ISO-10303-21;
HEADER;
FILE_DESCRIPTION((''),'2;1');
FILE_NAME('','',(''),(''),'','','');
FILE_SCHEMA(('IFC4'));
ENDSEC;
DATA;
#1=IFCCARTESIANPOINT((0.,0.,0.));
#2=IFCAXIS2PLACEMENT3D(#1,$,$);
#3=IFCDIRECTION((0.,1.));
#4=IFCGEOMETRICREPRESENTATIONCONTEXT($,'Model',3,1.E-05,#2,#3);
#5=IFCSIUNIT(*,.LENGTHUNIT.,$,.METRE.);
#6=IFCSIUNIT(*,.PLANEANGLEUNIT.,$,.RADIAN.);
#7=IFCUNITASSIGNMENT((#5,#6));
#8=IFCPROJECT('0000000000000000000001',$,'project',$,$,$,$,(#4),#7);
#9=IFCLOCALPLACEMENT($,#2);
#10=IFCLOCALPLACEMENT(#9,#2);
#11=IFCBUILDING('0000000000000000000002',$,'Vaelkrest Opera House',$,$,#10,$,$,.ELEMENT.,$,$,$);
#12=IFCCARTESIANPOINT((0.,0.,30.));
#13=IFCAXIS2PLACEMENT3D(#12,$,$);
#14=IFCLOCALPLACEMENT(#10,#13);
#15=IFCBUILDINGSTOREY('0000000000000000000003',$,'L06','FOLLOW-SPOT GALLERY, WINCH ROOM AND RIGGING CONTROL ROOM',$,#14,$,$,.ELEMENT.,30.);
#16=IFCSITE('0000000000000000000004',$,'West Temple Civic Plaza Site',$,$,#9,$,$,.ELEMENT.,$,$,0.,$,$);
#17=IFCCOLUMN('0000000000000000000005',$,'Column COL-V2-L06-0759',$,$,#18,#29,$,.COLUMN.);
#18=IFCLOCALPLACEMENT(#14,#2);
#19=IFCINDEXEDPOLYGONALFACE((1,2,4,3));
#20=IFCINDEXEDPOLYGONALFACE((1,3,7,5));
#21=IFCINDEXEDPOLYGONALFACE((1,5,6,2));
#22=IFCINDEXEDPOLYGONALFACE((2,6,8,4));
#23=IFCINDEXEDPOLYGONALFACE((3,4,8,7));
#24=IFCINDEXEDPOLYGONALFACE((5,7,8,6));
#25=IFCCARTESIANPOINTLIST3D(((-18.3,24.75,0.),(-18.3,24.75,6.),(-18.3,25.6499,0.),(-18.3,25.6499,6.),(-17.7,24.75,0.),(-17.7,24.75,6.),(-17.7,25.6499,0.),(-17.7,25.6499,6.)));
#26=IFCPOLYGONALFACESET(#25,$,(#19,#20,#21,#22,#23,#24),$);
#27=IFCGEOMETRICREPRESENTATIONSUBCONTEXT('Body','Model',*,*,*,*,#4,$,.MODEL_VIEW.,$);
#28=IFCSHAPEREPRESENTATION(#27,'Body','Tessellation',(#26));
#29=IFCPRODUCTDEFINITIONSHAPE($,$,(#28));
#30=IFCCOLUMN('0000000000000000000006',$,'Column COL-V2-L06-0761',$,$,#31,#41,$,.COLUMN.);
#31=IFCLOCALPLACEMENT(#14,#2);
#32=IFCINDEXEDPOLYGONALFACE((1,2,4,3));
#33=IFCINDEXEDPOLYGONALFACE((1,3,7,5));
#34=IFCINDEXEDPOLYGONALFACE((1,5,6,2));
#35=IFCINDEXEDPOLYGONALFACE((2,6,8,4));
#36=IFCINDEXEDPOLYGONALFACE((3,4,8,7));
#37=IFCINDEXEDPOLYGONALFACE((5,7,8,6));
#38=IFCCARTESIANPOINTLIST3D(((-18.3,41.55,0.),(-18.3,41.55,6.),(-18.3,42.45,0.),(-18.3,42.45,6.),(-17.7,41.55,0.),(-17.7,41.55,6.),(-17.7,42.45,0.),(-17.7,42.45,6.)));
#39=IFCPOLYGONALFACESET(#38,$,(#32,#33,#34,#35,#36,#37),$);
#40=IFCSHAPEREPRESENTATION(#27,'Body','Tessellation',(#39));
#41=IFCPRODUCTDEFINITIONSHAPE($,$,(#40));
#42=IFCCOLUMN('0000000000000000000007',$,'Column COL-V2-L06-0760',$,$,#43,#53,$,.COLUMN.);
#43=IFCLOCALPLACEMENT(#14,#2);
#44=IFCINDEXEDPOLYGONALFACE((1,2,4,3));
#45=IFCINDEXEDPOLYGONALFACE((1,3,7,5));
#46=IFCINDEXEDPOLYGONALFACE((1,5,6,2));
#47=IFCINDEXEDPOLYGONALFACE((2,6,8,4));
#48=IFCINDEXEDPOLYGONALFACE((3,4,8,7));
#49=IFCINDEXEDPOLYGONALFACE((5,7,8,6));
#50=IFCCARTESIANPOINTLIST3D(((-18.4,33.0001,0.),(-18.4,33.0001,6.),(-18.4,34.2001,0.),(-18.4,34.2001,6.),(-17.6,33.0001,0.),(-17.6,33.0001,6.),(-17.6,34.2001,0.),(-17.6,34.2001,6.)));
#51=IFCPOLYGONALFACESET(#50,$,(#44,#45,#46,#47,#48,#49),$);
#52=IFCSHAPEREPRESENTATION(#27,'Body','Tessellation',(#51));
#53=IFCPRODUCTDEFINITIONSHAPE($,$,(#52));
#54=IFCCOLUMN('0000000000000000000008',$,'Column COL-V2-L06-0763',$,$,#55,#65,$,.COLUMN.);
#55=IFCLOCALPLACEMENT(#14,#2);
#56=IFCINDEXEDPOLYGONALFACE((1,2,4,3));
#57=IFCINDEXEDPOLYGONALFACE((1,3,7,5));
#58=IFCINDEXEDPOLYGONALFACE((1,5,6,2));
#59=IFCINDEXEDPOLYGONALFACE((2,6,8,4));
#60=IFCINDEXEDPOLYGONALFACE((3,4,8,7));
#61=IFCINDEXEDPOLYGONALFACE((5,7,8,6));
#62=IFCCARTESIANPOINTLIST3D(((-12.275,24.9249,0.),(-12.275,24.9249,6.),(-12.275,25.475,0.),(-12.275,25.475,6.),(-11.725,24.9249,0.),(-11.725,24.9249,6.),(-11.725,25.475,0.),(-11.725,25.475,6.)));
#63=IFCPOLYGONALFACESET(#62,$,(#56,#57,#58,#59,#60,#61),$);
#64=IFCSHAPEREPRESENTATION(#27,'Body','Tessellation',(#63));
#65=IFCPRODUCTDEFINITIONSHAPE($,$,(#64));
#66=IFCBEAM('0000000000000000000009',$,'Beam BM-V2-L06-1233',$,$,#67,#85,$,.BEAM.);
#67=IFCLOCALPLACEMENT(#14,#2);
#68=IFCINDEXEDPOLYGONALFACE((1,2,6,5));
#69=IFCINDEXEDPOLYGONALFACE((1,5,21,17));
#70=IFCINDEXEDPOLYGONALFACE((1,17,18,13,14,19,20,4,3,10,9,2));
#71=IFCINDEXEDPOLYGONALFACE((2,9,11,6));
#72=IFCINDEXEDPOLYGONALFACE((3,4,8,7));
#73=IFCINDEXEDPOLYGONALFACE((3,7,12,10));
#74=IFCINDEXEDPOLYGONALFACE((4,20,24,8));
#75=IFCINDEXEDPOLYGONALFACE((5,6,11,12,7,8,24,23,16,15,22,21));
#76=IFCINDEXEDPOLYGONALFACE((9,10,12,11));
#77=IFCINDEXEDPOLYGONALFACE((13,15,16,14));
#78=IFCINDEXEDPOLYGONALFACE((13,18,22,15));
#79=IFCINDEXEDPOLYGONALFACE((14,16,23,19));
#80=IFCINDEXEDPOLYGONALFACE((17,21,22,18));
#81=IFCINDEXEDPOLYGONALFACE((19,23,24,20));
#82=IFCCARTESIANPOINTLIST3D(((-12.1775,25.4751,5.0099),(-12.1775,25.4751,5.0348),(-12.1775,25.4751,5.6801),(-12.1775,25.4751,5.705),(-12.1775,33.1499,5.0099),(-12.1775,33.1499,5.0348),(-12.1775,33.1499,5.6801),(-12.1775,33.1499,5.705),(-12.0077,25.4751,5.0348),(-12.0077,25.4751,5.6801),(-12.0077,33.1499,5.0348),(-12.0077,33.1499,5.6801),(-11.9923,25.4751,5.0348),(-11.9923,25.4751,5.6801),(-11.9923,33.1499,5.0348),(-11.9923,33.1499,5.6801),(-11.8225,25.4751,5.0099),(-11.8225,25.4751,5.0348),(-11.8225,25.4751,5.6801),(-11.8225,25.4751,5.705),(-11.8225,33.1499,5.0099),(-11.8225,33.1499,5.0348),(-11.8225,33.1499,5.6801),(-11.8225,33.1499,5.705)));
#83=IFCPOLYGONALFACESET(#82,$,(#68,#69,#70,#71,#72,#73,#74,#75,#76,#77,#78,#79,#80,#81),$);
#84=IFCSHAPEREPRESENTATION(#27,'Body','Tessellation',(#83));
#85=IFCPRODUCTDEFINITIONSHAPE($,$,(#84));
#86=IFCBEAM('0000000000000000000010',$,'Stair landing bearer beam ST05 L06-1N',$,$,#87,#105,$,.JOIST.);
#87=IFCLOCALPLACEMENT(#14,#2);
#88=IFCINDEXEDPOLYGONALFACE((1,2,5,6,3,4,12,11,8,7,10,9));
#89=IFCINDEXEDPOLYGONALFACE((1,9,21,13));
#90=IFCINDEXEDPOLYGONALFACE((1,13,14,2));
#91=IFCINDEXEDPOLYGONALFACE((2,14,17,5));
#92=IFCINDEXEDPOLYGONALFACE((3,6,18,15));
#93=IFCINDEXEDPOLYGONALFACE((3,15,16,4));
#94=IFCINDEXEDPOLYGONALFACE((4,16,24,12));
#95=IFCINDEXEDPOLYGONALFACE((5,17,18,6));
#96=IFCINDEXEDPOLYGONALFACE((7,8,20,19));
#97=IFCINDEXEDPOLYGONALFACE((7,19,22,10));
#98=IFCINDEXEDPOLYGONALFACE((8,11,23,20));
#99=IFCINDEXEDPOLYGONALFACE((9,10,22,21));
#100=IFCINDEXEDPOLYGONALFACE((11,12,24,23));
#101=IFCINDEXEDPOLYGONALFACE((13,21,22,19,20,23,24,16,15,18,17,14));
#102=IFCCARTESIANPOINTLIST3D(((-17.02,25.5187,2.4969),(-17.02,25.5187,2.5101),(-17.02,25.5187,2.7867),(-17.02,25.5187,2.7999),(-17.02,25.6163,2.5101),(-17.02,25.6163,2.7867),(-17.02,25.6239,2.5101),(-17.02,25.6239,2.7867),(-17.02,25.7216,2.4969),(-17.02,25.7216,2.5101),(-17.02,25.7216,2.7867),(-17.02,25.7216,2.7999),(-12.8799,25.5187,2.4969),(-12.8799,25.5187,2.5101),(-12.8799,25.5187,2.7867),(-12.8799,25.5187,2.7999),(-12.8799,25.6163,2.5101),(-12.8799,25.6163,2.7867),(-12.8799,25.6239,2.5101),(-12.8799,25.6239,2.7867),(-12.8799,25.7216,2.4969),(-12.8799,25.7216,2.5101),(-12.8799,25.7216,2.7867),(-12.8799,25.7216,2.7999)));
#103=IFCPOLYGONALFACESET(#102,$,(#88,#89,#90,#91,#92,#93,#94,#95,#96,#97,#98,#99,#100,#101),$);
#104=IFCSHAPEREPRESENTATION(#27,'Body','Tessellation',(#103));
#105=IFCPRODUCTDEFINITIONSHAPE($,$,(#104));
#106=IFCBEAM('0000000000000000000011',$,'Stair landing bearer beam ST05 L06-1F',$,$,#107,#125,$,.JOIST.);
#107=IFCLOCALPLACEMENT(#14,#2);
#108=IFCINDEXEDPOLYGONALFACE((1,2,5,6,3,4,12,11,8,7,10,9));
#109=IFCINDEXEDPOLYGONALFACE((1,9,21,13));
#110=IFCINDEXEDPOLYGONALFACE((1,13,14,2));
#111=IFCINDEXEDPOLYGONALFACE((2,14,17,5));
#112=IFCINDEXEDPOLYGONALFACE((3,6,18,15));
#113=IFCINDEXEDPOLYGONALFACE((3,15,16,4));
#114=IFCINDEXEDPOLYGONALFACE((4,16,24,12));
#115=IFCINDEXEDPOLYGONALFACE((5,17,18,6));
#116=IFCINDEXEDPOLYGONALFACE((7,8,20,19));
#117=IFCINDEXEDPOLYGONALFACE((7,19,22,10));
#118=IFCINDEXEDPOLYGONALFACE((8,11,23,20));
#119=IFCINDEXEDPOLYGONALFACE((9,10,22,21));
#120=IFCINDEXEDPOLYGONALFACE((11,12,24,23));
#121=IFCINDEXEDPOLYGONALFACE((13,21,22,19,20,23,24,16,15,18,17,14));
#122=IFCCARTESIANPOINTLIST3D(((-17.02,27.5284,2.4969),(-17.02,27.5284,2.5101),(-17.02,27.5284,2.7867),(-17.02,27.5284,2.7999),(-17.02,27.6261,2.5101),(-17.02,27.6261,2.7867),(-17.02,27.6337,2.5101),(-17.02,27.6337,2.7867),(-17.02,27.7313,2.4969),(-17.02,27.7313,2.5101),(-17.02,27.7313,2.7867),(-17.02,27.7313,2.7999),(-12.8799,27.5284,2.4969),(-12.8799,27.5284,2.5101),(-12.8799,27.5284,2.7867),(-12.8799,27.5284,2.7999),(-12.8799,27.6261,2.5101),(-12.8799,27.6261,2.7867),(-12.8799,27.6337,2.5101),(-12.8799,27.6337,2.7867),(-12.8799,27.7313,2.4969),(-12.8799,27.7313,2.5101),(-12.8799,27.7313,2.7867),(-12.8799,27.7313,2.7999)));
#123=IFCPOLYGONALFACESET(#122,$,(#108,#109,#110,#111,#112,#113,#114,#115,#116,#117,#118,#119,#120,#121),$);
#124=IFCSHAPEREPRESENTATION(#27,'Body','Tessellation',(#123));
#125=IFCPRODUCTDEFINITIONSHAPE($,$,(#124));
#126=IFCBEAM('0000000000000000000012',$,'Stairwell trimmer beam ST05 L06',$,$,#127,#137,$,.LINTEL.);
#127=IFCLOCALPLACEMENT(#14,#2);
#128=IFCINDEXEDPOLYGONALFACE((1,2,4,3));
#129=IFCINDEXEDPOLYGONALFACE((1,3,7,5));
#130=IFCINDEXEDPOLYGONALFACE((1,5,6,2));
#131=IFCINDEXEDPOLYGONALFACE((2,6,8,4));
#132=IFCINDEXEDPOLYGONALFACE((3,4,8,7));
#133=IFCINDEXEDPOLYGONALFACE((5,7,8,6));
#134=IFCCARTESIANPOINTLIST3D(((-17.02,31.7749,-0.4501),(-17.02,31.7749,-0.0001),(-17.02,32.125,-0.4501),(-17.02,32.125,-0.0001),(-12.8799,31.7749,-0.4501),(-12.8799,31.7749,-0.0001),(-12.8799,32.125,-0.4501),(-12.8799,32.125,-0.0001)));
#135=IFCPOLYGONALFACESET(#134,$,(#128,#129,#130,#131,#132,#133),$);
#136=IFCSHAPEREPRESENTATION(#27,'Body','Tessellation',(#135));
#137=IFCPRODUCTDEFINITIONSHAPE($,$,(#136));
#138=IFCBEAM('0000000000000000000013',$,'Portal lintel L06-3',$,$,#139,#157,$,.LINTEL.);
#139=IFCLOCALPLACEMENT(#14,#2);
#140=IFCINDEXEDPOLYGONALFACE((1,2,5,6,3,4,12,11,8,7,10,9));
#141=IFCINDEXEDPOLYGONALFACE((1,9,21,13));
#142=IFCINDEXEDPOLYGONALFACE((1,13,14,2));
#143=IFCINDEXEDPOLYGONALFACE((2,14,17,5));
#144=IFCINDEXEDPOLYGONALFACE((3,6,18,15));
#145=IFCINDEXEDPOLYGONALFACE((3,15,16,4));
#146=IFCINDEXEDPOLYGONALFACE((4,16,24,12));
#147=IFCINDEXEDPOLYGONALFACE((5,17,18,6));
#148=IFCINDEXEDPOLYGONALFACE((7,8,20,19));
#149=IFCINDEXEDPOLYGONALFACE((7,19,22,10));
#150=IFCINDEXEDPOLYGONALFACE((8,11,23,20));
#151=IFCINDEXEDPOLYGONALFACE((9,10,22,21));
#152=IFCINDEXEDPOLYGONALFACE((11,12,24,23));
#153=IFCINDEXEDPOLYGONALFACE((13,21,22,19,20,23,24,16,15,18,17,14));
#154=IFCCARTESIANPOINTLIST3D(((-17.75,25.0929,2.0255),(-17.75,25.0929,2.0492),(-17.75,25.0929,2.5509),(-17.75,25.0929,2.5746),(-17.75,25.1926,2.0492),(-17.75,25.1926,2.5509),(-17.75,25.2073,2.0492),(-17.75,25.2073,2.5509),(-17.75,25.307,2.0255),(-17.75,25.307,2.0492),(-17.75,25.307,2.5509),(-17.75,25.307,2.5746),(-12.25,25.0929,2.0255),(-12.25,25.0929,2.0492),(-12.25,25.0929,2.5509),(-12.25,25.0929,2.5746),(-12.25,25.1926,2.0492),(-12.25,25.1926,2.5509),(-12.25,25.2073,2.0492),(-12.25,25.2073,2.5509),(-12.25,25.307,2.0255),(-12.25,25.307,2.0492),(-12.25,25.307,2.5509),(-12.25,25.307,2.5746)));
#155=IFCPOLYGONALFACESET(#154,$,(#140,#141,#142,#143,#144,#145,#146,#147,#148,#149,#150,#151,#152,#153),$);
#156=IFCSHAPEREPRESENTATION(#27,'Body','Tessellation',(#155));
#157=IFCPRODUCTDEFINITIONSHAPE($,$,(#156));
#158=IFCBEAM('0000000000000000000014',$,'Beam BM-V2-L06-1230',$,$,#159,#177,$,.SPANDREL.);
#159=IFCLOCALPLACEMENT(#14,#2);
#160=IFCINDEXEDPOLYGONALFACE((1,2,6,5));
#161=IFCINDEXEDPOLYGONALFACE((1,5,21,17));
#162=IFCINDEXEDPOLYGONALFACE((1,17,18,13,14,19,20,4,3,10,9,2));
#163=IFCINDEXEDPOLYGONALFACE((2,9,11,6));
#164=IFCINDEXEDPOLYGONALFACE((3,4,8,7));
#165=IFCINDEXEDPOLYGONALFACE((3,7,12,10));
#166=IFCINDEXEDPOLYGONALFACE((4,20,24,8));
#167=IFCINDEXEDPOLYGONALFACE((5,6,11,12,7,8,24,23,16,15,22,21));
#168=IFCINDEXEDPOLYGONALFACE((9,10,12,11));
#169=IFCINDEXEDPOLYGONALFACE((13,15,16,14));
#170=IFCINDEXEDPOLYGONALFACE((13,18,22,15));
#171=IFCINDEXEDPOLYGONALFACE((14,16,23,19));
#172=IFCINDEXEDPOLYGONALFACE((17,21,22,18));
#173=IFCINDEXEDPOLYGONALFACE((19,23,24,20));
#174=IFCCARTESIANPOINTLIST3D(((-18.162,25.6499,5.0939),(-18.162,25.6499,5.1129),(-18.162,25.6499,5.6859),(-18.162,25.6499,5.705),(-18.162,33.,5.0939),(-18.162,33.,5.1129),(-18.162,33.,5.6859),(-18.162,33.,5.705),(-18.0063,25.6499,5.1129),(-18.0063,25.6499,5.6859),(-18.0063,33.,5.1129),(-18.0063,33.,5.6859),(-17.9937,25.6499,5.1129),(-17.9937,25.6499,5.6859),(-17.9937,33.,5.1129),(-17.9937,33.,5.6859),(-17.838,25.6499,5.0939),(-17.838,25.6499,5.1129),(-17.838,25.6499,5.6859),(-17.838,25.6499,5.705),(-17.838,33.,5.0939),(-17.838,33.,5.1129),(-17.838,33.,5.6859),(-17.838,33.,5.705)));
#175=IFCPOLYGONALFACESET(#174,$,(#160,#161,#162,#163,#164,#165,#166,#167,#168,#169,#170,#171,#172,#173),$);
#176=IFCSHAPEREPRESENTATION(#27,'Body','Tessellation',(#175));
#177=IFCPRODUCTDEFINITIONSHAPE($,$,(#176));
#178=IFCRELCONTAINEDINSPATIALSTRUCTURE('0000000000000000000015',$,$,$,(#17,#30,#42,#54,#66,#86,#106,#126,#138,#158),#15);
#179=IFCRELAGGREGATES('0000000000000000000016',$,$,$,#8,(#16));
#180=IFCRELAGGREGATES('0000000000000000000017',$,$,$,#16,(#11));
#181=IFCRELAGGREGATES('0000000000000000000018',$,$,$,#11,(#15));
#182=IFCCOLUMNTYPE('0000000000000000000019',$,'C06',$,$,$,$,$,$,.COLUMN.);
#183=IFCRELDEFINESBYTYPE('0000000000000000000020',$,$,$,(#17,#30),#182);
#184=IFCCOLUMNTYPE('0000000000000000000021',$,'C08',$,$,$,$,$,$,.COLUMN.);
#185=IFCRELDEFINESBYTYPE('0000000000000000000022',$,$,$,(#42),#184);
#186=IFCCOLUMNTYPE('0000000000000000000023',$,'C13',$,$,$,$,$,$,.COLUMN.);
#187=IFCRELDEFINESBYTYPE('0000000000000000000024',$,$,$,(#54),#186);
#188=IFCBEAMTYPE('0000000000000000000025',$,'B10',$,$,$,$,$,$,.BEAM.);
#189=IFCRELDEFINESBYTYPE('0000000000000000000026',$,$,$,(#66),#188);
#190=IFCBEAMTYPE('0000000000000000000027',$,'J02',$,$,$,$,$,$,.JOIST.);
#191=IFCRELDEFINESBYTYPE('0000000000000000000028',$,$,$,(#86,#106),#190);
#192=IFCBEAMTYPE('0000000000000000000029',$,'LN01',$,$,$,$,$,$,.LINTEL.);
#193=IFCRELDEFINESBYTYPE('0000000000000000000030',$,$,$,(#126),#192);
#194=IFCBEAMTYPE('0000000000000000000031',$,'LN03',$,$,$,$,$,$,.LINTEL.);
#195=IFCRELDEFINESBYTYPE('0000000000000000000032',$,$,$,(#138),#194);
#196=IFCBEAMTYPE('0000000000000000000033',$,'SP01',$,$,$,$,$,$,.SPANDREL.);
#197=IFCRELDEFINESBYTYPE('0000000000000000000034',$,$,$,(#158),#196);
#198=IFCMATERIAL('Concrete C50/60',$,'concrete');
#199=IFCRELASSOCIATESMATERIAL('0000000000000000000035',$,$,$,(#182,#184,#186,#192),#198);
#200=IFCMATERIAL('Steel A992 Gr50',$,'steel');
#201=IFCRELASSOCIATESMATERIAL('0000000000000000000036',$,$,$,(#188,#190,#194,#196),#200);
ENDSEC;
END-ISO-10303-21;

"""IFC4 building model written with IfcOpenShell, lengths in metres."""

from ifc_helpers import new_model, si_unit, direction, frame, origin, origin_2d, place, context, subcontext, project, spatial, rectangle, i_section, extrude, material, material_profile, profile_set, type_object, element, save


model = new_model("IFC4")

# Units and contexts
model_context = context("Model", 3, precision=1e-05, world=origin(), true_north=direction((0.0, 1.0)))
body_context = subcontext(model_context, "Body", "Model", "MODEL_VIEW")
ifc_project = project(units=[si_unit("LENGTHUNIT", "METRE"), si_unit("PLANEANGLEUNIT", "RADIAN")], contexts=[model_context])

# Site, building, storey
site_placement = place(None, origin())
site = spatial("IfcSite", under=ifc_project, at=site_placement, Name="West Temple Civic Plaza Site", CompositionType="ELEMENT", RefElevation=0.0)
building_placement = place(site_placement, origin())
building = spatial("IfcBuilding", under=site, at=building_placement, Name="Vaelkrest Opera House", CompositionType="ELEMENT")
storey_placement = place(building_placement, frame((0.0, 0.0, 30.0)))
storey = spatial("IfcBuildingStorey", under=building, at=storey_placement, Name="L06", Description="FOLLOW-SPOT GALLERY, WINCH ROOM AND RIGGING CONTROL ROOM", CompositionType="ELEMENT", Elevation=30.0)

# Columns
ifc_material_1 = material(Name="Concrete C50/60", Category="concrete")
ifc_material_profile_1 = material_profile(ifc_material_1, rectangle(XDim=0.6001, YDim=0.8999, at=origin_2d()), Name="RC600X900")
ifc_profile_set_1 = profile_set([ifc_material_profile_1], Name="Concrete C50/60")
column_type_1 = type_object("IfcColumnType", Name="C06", PredefinedType="COLUMN", material=ifc_profile_set_1)
for number, where, z_axis, x_axis, name in (
    (1, (-18.0, 25.2, 0.0), (0.0, 0.0, 1.0), (1.0, 0.0, 0.0), "Column COL-V2-L06-0759"),
    (2, (-18.0, 42.0, 0.0), (0.0, 0.0, 1.0), (1.0, 0.0, 0.0), "Column COL-V2-L06-0761"),
):
    element("IfcColumn", number, at=place(storey_placement, frame(where, z_axis=z_axis, x_axis=x_axis)), inside=storey, type_object=column_type_1, Name=name, PredefinedType="COLUMN", context=body_context, shape_type="SweptSolid", body=[
        extrude(rectangle(XDim=0.6001, YDim=0.8999, at=origin_2d()), origin(), (0.0, 0.0, 1.0), 6.0),
    ])
ifc_material_profile_2 = material_profile(ifc_material_1, rectangle(XDim=0.8, YDim=1.2, at=origin_2d()), Name="RC800X1200")
ifc_profile_set_2 = profile_set([ifc_material_profile_2], Name="Concrete C50/60")
column_type_2 = type_object("IfcColumnType", Name="C08", PredefinedType="COLUMN", material=ifc_profile_set_2)
column_1_placement = place(storey_placement, frame((-18.0, 33.6001, 0.0), z_axis=(0.0, 0.0, 1.0), x_axis=(1.0, 0.0, 0.0)))
element("IfcColumn", 3, at=column_1_placement, inside=storey, type_object=column_type_2, Name="Column COL-V2-L06-0760", PredefinedType="COLUMN", context=body_context, shape_type="SweptSolid", body=[
    extrude(rectangle(XDim=0.8, YDim=1.2, at=origin_2d()), origin(), (0.0, 0.0, 1.0), 6.0),
])
ifc_material_profile_3 = material_profile(ifc_material_1, rectangle(XDim=0.55, YDim=0.55, at=origin_2d()), Name="RC550X550")
ifc_profile_set_3 = profile_set([ifc_material_profile_3], Name="Concrete C50/60")
column_type_3 = type_object("IfcColumnType", Name="C13", PredefinedType="COLUMN", material=ifc_profile_set_3)
column_2_placement = place(storey_placement, frame((-12.0, 25.2, 0.0), z_axis=(0.0, 0.0, 1.0), x_axis=(1.0, 0.0, 0.0)))
element("IfcColumn", 4, at=column_2_placement, inside=storey, type_object=column_type_3, Name="Column COL-V2-L06-0763", PredefinedType="COLUMN", context=body_context, shape_type="SweptSolid", body=[
    extrude(rectangle(XDim=0.55, YDim=0.55, at=origin_2d()), origin(), (0.0, 0.0, 1.0), 6.0),
])

# Beams
ifc_material_2 = material(Name="Steel A992 Gr50", Category="steel")
ifc_material_profile_4 = material_profile(ifc_material_2, i_section(OverallWidth=0.355, OverallDepth=0.6951, WebThickness=0.0154, FlangeThickness=0.0249, at=origin_2d()), Name="W27X146")
ifc_profile_set_4 = profile_set([ifc_material_profile_4], Name="Steel A992 Gr50")
beam_type_1 = type_object("IfcBeamType", Name="B10", PredefinedType="BEAM", material=ifc_profile_set_4)
beam_1_placement = place(storey_placement, frame((-12.0, 25.4751, 5.3574), z_axis=(0.0, 1.0, 0.0), x_axis=(-1.0, 0.0, 0.0)))
element("IfcBeam", 5, at=beam_1_placement, inside=storey, type_object=beam_type_1, Name="Beam BM-V2-L06-1233", PredefinedType="BEAM", context=body_context, shape_type="SweptSolid", body=[
    extrude(i_section(OverallWidth=0.355, OverallDepth=0.6951, WebThickness=0.0154, FlangeThickness=0.0249, at=origin_2d()), origin(), (0.0, 0.0, 1.0), 7.6748),
])
ifc_material_profile_5 = material_profile(ifc_material_2, i_section(OverallWidth=0.2029, OverallDepth=0.303, WebThickness=0.0076, FlangeThickness=0.0132, at=origin_2d()), Name="W12X40")
ifc_profile_set_5 = profile_set([ifc_material_profile_5], Name="Steel A992 Gr50")
beam_type_2 = type_object("IfcBeamType", Name="J02", PredefinedType="JOIST", material=ifc_profile_set_5)
for number, where, z_axis, x_axis, name in (
    (6, (-17.02, 25.6201, 2.6484), (1.0, 0.0, 0.0), (0.0, 1.0, 0.0), "Stair landing bearer beam ST05 L06-1N"),
    (7, (-17.02, 27.6299, 2.6484), (1.0, 0.0, 0.0), (0.0, 1.0, 0.0), "Stair landing bearer beam ST05 L06-1F"),
):
    element("IfcBeam", number, at=place(storey_placement, frame(where, z_axis=z_axis, x_axis=x_axis)), inside=storey, type_object=beam_type_2, Name=name, PredefinedType="JOIST", context=body_context, shape_type="SweptSolid", body=[
        extrude(i_section(OverallWidth=0.2029, OverallDepth=0.303, WebThickness=0.0076, FlangeThickness=0.0132, at=origin_2d()), origin(), (0.0, 0.0, 1.0), 4.1401),
    ])
ifc_material_profile_6 = material_profile(ifc_material_1, rectangle(XDim=0.3501, YDim=0.45, at=origin_2d()), Name="RCB350X450")
ifc_profile_set_6 = profile_set([ifc_material_profile_6], Name="Concrete C50/60")
beam_type_3 = type_object("IfcBeamType", Name="LN01", PredefinedType="LINTEL", material=ifc_profile_set_6)
beam_2_placement = place(storey_placement, frame((-17.02, 31.95, -0.2251), z_axis=(1.0, 0.0, 0.0), x_axis=(0.0, 1.0, 0.0)))
element("IfcBeam", 8, at=beam_2_placement, inside=storey, type_object=beam_type_3, Name="Stairwell trimmer beam ST05 L06", PredefinedType="LINTEL", context=body_context, shape_type="SweptSolid", body=[
    extrude(rectangle(XDim=0.3501, YDim=0.45, at=origin_2d()), origin(), (0.0, 0.0, 1.0), 4.1401),
])
ifc_material_profile_7 = material_profile(ifc_material_2, i_section(OverallWidth=0.2141, OverallDepth=0.5491, WebThickness=0.0146, FlangeThickness=0.0237, at=origin_2d()), Name="W21X93")
ifc_profile_set_7 = profile_set([ifc_material_profile_7], Name="Steel A992 Gr50")
beam_type_4 = type_object("IfcBeamType", Name="LN03", PredefinedType="LINTEL", material=ifc_profile_set_7)
beam_3_placement = place(storey_placement, frame((-17.75, 25.2, 2.3), z_axis=(1.0, 0.0, 0.0), x_axis=(0.0, 1.0, 0.0)))
element("IfcBeam", 9, at=beam_3_placement, inside=storey, type_object=beam_type_4, Name="Portal lintel L06-3", PredefinedType="LINTEL", context=body_context, shape_type="SweptSolid", body=[
    extrude(i_section(OverallWidth=0.2141, OverallDepth=0.5491, WebThickness=0.0146, FlangeThickness=0.0237, at=origin_2d()), origin(), (0.0, 0.0, 1.0), 5.5),
])
ifc_material_profile_8 = material_profile(ifc_material_2, i_section(OverallWidth=0.324, OverallDepth=0.6111, WebThickness=0.0127, FlangeThickness=0.019, at=origin_2d()), Name="W24X104")
ifc_profile_set_8 = profile_set([ifc_material_profile_8], Name="Steel A992 Gr50")
beam_type_5 = type_object("IfcBeamType", Name="SP01", PredefinedType="SPANDREL", material=ifc_profile_set_8)
for number, where, z_axis, x_axis, name in (
    (10, (-18.0, 25.6499, 5.3994), (0.0, 1.0, 0.0), (-1.0, 0.0, 0.0), "Beam BM-V2-L06-1230"),
):
    element("IfcBeam", number, at=place(storey_placement, frame(where, z_axis=z_axis, x_axis=x_axis)), inside=storey, type_object=beam_type_5, Name=name, PredefinedType="SPANDREL", context=body_context, shape_type="SweptSolid", body=[
        extrude(i_section(OverallWidth=0.324, OverallDepth=0.6111, WebThickness=0.0127, FlangeThickness=0.019, at=origin_2d()), origin(), (0.0, 0.0, 1.0), 7.3501),
    ])

save(model, "model.ifc")
